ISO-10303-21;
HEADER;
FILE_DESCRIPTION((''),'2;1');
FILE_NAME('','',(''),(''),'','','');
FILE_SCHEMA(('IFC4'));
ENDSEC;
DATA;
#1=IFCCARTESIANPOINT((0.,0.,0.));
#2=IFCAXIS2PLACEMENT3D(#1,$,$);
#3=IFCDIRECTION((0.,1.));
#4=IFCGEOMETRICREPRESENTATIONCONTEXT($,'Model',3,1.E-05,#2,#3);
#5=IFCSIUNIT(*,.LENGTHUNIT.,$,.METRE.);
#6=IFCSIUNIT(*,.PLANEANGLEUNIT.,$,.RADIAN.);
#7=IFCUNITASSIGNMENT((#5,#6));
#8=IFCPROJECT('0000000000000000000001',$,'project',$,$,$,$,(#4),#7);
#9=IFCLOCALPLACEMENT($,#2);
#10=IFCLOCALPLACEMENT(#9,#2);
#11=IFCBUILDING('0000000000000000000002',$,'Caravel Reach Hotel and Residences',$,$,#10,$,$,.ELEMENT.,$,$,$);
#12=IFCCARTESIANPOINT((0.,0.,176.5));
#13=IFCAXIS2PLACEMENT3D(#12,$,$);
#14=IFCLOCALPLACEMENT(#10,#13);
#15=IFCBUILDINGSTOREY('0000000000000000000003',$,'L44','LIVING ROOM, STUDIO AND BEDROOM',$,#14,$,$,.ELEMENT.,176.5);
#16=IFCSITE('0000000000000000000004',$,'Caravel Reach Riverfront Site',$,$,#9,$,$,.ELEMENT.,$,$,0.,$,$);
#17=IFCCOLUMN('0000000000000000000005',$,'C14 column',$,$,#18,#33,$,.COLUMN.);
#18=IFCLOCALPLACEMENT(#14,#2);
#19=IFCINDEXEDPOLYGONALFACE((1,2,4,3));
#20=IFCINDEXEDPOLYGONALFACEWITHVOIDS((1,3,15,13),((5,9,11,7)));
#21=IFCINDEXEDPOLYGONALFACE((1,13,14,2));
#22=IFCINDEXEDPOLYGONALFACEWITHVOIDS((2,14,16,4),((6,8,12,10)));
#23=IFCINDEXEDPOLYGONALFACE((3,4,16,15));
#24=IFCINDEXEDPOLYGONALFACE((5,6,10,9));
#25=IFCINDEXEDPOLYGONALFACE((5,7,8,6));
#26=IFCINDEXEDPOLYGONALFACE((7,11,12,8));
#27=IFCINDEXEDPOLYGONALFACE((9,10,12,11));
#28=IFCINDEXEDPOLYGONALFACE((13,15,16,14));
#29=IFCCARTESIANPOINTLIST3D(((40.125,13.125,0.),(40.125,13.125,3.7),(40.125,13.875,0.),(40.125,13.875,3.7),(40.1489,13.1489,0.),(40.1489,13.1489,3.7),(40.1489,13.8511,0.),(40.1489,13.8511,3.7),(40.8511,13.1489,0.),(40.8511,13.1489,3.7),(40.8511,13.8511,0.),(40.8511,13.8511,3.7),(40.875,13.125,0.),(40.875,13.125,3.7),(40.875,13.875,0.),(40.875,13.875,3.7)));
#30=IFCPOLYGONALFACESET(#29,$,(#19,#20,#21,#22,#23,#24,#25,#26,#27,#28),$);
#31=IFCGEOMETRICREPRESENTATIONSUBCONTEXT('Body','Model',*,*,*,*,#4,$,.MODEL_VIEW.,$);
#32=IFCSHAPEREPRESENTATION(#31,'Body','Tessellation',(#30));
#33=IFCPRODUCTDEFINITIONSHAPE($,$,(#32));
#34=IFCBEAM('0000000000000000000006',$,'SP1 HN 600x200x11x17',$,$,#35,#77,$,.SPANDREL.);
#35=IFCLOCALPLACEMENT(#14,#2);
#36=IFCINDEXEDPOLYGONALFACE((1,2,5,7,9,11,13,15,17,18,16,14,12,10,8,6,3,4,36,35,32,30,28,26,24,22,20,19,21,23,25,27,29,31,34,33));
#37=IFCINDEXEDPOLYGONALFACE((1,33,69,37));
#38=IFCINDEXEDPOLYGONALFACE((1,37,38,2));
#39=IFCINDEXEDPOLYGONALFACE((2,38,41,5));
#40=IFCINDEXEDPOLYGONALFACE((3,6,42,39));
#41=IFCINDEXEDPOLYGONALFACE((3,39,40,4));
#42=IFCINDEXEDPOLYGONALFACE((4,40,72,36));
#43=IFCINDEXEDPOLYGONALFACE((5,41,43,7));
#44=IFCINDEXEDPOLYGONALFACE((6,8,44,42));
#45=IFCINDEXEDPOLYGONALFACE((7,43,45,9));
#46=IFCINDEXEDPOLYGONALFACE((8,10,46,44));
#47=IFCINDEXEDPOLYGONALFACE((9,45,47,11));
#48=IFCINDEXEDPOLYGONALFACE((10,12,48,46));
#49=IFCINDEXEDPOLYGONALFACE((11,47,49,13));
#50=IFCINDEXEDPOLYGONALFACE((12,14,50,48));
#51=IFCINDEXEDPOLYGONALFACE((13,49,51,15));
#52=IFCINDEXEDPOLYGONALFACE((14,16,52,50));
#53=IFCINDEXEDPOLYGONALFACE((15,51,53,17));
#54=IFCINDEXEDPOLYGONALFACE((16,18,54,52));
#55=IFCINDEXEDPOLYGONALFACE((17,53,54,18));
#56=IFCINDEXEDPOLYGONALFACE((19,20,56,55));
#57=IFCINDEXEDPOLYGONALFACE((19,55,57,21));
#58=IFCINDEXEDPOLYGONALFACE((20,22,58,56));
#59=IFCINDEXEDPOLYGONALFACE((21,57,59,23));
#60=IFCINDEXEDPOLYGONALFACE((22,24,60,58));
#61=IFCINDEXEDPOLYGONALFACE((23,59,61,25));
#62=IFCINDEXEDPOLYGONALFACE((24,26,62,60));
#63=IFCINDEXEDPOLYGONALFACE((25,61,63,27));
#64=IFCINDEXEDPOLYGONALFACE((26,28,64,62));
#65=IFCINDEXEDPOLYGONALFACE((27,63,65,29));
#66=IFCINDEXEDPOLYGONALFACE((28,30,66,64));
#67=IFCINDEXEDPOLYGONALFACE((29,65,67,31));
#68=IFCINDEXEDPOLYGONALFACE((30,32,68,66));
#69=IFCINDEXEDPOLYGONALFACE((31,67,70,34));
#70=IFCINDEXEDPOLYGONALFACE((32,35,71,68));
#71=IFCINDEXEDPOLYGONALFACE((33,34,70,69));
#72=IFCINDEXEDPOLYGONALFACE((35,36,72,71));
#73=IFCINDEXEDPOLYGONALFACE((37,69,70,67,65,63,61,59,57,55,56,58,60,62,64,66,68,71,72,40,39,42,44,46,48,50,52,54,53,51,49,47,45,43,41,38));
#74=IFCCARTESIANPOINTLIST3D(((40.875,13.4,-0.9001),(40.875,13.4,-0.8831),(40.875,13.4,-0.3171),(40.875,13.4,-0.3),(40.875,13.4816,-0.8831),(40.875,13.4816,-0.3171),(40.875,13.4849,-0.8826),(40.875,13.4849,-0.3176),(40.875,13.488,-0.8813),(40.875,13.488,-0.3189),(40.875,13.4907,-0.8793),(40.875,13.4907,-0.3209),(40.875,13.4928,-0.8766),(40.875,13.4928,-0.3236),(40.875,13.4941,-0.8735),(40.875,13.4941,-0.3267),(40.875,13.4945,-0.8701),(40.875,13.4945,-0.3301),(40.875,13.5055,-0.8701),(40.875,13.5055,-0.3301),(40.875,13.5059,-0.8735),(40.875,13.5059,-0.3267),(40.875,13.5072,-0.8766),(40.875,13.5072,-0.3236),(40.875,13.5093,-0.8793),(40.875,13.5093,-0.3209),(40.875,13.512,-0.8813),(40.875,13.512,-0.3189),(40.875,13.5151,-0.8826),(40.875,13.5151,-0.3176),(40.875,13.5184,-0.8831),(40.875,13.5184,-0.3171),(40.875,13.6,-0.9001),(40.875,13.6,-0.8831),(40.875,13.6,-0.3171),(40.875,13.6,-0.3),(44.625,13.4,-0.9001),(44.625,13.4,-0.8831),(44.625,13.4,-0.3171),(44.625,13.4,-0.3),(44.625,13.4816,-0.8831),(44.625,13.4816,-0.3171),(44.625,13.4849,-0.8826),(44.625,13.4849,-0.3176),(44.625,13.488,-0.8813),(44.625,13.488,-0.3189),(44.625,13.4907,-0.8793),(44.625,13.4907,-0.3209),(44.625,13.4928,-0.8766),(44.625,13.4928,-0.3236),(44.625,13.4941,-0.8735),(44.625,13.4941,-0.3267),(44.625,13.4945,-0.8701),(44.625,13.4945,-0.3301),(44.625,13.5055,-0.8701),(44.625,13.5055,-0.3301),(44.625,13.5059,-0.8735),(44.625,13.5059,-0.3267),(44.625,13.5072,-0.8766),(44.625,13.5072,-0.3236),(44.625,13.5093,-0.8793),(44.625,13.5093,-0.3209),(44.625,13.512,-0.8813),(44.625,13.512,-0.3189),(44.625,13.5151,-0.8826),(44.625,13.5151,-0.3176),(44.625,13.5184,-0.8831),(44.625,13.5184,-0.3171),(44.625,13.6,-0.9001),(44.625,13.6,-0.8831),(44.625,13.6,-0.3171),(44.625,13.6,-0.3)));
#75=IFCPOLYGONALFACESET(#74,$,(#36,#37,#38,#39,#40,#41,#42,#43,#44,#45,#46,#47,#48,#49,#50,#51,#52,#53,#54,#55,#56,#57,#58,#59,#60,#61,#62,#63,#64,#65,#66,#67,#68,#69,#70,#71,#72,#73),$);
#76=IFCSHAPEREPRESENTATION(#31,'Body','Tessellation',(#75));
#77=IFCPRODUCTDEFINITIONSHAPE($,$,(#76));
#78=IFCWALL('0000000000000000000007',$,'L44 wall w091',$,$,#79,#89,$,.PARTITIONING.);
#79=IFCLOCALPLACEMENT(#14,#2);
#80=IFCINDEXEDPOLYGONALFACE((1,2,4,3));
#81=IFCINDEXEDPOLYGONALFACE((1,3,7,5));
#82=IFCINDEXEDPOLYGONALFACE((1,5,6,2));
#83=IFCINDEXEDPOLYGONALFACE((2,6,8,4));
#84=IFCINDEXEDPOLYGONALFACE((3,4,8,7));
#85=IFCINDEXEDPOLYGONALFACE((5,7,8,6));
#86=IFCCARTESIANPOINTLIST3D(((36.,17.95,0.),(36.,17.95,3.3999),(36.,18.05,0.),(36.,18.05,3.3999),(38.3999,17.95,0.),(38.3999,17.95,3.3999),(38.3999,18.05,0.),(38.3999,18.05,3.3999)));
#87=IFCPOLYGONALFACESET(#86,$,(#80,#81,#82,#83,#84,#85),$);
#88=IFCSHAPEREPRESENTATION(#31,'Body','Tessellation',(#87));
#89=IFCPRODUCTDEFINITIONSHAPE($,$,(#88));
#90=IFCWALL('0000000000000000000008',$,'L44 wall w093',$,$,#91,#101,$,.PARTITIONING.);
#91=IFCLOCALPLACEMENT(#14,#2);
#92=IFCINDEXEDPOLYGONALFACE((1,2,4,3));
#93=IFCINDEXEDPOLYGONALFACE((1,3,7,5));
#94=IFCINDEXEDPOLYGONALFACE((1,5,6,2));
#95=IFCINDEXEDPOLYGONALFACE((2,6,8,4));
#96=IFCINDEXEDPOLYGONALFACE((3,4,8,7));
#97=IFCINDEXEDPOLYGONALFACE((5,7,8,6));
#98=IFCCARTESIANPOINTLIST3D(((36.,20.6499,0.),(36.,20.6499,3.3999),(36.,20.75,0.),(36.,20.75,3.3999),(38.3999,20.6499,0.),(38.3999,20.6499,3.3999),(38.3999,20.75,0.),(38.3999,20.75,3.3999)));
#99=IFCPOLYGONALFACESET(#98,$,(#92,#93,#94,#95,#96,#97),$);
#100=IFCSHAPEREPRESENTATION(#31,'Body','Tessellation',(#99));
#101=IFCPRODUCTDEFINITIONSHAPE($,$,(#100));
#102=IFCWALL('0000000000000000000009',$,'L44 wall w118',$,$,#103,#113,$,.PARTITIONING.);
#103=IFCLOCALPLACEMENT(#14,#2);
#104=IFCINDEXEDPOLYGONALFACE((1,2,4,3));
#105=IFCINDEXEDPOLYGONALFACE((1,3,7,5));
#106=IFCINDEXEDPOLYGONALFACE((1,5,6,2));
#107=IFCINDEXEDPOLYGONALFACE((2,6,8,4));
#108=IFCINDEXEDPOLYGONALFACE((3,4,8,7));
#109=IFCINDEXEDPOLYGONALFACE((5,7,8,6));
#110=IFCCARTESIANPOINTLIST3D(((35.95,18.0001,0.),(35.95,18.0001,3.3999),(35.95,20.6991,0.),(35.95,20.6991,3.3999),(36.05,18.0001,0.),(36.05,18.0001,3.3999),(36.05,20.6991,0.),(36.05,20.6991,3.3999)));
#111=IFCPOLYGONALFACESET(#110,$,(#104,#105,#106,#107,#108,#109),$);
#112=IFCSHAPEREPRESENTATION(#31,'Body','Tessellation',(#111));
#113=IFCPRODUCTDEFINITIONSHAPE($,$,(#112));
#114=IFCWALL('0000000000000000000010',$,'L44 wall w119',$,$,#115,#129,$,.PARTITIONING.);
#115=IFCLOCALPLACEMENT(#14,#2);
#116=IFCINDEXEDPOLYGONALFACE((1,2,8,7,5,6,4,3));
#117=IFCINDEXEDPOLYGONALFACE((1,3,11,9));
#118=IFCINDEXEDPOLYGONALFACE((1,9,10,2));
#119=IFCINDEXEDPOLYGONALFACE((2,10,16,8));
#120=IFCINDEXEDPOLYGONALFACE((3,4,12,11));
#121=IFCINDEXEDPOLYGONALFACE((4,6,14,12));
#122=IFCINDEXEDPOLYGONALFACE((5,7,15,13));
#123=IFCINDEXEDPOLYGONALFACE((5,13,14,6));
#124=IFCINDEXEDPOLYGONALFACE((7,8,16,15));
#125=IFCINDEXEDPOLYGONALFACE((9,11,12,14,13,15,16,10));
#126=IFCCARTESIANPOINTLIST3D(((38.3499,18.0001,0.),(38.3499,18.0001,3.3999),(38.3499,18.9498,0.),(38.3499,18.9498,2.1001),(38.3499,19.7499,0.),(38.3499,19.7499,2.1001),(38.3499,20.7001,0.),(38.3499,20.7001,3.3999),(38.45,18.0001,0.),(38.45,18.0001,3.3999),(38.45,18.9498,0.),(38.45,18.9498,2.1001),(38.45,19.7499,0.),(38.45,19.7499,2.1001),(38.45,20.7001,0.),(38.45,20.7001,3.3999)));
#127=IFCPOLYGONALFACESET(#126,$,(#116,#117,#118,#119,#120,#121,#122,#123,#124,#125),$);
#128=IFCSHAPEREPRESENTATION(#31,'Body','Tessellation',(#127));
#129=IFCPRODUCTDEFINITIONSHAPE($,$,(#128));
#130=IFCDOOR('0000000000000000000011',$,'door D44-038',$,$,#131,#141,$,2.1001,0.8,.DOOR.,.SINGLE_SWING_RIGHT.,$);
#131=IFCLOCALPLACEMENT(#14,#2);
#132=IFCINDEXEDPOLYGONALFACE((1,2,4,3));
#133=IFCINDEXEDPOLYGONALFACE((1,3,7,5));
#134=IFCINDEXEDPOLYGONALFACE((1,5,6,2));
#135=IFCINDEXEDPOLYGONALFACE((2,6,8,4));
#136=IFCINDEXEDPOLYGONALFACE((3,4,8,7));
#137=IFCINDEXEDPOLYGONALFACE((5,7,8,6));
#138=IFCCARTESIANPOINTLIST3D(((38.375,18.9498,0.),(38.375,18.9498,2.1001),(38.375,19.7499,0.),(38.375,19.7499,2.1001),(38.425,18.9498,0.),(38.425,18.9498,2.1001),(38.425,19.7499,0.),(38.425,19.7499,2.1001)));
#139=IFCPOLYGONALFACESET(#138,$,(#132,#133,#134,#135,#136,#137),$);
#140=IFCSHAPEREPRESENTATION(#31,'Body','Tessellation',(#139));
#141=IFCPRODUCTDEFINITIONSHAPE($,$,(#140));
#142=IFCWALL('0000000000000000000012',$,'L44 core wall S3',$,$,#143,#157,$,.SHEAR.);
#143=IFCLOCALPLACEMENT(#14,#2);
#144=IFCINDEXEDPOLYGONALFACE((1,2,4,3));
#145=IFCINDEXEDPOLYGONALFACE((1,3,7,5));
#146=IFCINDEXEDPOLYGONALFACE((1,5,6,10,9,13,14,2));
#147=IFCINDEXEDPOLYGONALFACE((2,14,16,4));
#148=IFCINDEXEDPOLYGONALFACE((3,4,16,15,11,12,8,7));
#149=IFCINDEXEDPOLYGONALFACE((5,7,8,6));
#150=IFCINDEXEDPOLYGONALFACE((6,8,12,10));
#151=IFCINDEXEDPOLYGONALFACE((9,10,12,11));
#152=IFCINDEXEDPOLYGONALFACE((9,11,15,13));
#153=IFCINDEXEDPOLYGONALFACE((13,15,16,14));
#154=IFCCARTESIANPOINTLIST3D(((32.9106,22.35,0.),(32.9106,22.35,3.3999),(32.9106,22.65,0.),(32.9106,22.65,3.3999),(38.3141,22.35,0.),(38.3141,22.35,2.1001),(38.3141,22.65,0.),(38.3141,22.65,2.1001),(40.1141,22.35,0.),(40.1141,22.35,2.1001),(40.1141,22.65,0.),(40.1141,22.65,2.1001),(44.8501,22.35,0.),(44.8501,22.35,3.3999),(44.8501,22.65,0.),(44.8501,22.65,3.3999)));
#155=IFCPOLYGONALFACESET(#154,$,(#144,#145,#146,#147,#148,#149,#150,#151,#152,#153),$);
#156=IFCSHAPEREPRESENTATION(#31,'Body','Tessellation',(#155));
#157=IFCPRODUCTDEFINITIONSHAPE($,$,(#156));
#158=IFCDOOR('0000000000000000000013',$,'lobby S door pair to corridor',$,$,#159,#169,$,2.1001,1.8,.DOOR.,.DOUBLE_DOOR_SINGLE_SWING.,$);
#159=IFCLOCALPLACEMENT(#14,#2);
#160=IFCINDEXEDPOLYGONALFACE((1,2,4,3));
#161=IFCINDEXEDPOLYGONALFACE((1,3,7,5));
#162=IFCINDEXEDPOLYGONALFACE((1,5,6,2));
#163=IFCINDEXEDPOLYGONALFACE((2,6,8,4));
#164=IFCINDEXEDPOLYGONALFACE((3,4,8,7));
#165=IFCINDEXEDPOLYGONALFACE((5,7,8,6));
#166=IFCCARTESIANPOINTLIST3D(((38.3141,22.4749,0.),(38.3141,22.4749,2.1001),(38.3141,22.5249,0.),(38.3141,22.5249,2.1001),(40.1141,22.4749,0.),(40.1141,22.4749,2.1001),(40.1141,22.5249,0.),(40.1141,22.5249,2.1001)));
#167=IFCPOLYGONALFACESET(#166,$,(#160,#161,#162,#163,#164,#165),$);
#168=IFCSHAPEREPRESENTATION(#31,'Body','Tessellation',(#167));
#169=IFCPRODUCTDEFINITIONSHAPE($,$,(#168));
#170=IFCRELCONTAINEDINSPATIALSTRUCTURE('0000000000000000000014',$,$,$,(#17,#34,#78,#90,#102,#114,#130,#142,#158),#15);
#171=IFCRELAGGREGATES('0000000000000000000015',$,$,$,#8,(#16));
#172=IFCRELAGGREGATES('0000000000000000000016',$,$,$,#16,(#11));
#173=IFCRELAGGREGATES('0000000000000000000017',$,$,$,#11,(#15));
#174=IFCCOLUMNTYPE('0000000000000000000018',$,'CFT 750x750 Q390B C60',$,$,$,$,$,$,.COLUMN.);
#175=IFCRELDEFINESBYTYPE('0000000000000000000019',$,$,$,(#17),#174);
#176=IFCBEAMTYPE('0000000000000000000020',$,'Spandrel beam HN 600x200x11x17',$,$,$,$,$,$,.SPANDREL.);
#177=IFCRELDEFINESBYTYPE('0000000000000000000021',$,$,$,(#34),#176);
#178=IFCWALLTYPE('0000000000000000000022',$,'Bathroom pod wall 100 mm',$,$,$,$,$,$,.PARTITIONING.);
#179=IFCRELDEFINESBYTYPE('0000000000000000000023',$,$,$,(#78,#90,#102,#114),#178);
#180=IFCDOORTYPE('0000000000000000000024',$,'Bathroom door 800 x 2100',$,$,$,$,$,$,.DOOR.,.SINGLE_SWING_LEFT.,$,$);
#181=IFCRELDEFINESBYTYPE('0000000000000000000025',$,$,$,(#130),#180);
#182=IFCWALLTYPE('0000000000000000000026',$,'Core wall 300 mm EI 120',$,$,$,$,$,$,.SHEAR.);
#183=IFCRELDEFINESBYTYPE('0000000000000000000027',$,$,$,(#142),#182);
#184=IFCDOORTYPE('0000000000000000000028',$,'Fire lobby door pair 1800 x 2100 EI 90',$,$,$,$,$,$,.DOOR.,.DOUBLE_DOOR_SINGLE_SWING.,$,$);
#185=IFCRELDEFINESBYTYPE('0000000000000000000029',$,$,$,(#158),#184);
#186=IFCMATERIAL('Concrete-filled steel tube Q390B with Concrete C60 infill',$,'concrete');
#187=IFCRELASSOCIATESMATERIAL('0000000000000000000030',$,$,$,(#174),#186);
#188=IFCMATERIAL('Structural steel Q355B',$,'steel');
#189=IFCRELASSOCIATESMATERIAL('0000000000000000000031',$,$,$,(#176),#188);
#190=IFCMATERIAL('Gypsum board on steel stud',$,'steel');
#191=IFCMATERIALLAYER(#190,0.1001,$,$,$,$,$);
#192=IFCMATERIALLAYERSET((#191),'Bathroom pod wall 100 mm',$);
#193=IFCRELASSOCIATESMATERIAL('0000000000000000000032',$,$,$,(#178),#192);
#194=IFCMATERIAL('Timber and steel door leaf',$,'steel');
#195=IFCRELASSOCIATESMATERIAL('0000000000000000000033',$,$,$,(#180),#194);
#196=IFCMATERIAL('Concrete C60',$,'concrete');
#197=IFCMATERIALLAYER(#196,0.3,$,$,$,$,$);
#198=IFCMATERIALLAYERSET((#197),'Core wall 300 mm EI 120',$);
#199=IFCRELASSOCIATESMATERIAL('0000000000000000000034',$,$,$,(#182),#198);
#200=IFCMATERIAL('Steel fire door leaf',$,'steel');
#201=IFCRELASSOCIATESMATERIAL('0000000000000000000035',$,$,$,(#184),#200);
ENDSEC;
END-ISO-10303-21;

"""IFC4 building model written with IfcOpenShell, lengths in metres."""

from ifc_helpers import new_model, si_unit, direction, frame, frame_2d, origin, origin_2d, place, context, subcontext, project, spatial, rectangle, hollow_rectangle, i_section, extrude, material, layer, layer_set, material_profile, profile_set, type_object, element, fill, save


model = new_model("IFC4")

# Units and contexts
model_context = context("Model", 3, precision=1e-05, world=origin(), true_north=direction((0.0, 1.0)))
body_context = subcontext(model_context, "Body", "Model", "MODEL_VIEW")
ifc_project = project(units=[si_unit("LENGTHUNIT", "METRE"), si_unit("PLANEANGLEUNIT", "RADIAN")], contexts=[model_context])

# Site, building, storey
site_placement = place(None, origin())
site = spatial("IfcSite", under=ifc_project, at=site_placement, Name="Caravel Reach Riverfront Site", CompositionType="ELEMENT", RefElevation=0.0)
building_placement = place(site_placement, origin())
building = spatial("IfcBuilding", under=site, at=building_placement, Name="Caravel Reach Hotel and Residences", CompositionType="ELEMENT")
storey_placement = place(building_placement, frame((0.0, 0.0, 176.5)))
storey = spatial("IfcBuildingStorey", under=building, at=storey_placement, Name="L44", Description="LIVING ROOM, STUDIO AND BEDROOM", CompositionType="ELEMENT", Elevation=176.5)

# Column
ifc_material_1 = material(Name="Concrete-filled steel tube Q390B with Concrete C60 infill", Category="concrete")
ifc_material_profile_1 = material_profile(ifc_material_1, hollow_rectangle(XDim=0.75, YDim=0.75, WallThickness=0.0239, at=origin_2d()), Name="RHS 750x750x24")
ifc_profile_set_1 = profile_set([ifc_material_profile_1], Name="Concrete-filled steel tube Q390B with Concrete C60 infill")
column_type = type_object("IfcColumnType", Name="CFT 750x750 Q390B C60", PredefinedType="COLUMN", material=ifc_profile_set_1)
column_placement = place(storey_placement, frame((40.5, 13.5, 0.0), z_axis=(0.0, 0.0, 1.0), x_axis=(1.0, 0.0, 0.0)))
element("IfcColumn", 1, at=column_placement, inside=storey, type_object=column_type, Name="C14 column", PredefinedType="COLUMN", context=body_context, shape_type="SweptSolid", body=[
    extrude(hollow_rectangle(XDim=0.75, YDim=0.75, WallThickness=0.0239, at=origin_2d()), origin(), (0.0, 0.0, 1.0), 3.7),
])

# Beam
ifc_material_2 = material(Name="Structural steel Q355B", Category="steel")
ifc_material_profile_2 = material_profile(ifc_material_2, i_section(OverallWidth=0.2, OverallDepth=0.6001, WebThickness=0.011, FlangeThickness=0.0171, FilletRadius=0.0129, at=origin_2d()), Name="HN 600x200x11x17")
ifc_profile_set_2 = profile_set([ifc_material_profile_2], Name="Structural steel Q355B")
beam_type = type_object("IfcBeamType", Name="Spandrel beam HN 600x200x11x17", PredefinedType="SPANDREL", material=ifc_profile_set_2)
beam_placement = place(storey_placement, frame((40.875, 13.5, -0.6001), z_axis=(1.0, 0.0, 0.0), x_axis=(0.0, 1.0, 0.0)))
element("IfcBeam", 2, at=beam_placement, inside=storey, type_object=beam_type, Name="SP1 HN 600x200x11x17", PredefinedType="SPANDREL", context=body_context, shape_type="SweptSolid", body=[
    extrude(i_section(OverallWidth=0.2, OverallDepth=0.6001, WebThickness=0.011, FlangeThickness=0.0171, FilletRadius=0.0129, at=origin_2d()), origin(), (0.0, 0.0, 1.0), 3.75),
])

# Walls
ifc_material_3 = material(Name="Gypsum board on steel stud", Category="steel")
ifc_layer_1 = layer(ifc_material_3, 0.1001)
ifc_layer_set_1 = layer_set([ifc_layer_1], Name="Bathroom pod wall 100 mm")
wall_type_1 = type_object("IfcWallType", Name="Bathroom pod wall 100 mm", PredefinedType="PARTITIONING", material=ifc_layer_set_1)
for number, where, z_axis, x_axis, name in (
    (3, (36.0, 18.0, 0.0), (0.0, 0.0, 1.0), (1.0, 0.0, 0.0), "L44 wall w091"),
    (4, (36.0, 20.7, 0.0), (0.0, 0.0, 1.0), (1.0, 0.0, 0.0), "L44 wall w093"),
):
    element("IfcWall", number, at=place(storey_placement, frame(where, z_axis=z_axis, x_axis=x_axis)), inside=storey, type_object=wall_type_1, Name=name, PredefinedType="PARTITIONING", context=body_context, shape_type="SweptSolid", body=[
        extrude(rectangle(XDim=2.3999, YDim=0.1001, at=frame_2d((1.2, 0.0))), origin(), (0.0, 0.0, 1.0), 3.3999),
    ])
wall_1_placement = place(storey_placement, frame((36.0, 18.0, 0.0), z_axis=(0.0, 0.0, 1.0), x_axis=(0.0, 1.0, 0.0)))
element("IfcWall", 5, at=wall_1_placement, inside=storey, type_object=wall_type_1, Name="L44 wall w118", PredefinedType="PARTITIONING", context=body_context, shape_type="SweptSolid", body=[
    extrude(rectangle(XDim=2.699, YDim=0.1001, at=frame_2d((1.3496, 0.0))), origin(), (0.0, 0.0, 1.0), 3.3999),
])

# Walls, openings, doors
wall_2_placement = place(storey_placement, frame((38.3999, 18.0, 0.0), z_axis=(0.0, 0.0, 1.0), x_axis=(0.0, 1.0, 0.0)))
wall_2 = element("IfcWall", 6, at=wall_2_placement, inside=storey, type_object=wall_type_1, Name="L44 wall w119", PredefinedType="PARTITIONING", context=body_context, shape_type="SweptSolid", body=[
    extrude(rectangle(XDim=2.7, YDim=0.1001, at=frame_2d((1.3501, 0.0))), origin(), (0.0, 0.0, 1.0), 3.3999),
])
opening_1_placement = place(wall_2_placement, frame((0.95, 0.0, 0.0)))
opening_1 = element("IfcOpeningElement", 7, at=opening_1_placement, cuts=wall_2, PredefinedType="OPENING", context=body_context, shape_type="SweptSolid", body=[
    extrude(rectangle(XDim=0.8, YDim=2.1001, at=frame_2d((0.3999, 1.05))), frame((0.0, 0.0601, 0.0), z_axis=(0.0, -1.0, 0.0), x_axis=(1.0, 0.0, 0.0)), (0.0, 0.0, 1.0), 0.1201),
])
ifc_material_4 = material(Name="Timber and steel door leaf", Category="steel")
door_type_1 = type_object("IfcDoorType", Name="Bathroom door 800 x 2100", OperationType="SINGLE_SWING_LEFT", PredefinedType="DOOR", material=ifc_material_4)
door_1_placement = place(opening_1_placement, origin())
door_1 = element("IfcDoor", 8, at=door_1_placement, inside=storey, type_object=door_type_1, Name="door D44-038", OperationType="SINGLE_SWING_RIGHT", OverallHeight=2.1001, OverallWidth=0.8, PredefinedType="DOOR", context=body_context, shape_type="SweptSolid", body=[
    extrude(rectangle(XDim=0.8, YDim=2.1001, at=frame_2d((0.3999, 1.05))), frame((0.0, 0.0249, 0.0), z_axis=(0.0, -1.0, 0.0), x_axis=(1.0, 0.0, 0.0)), (0.0, 0.0, 1.0), 0.05),
])
fill(opening_1, door_1)
ifc_material_5 = material(Name="Concrete C60", Category="concrete")
ifc_layer_2 = layer(ifc_material_5, 0.3)
ifc_layer_set_2 = layer_set([ifc_layer_2], Name="Core wall 300 mm EI 120")
wall_type_2 = type_object("IfcWallType", Name="Core wall 300 mm EI 120", PredefinedType="SHEAR", material=ifc_layer_set_2)
wall_3_placement = place(storey_placement, frame((32.9106, 22.5, 0.0), z_axis=(0.0, 0.0, 1.0), x_axis=(1.0, 0.0, 0.0)))
wall_3 = element("IfcWall", 9, at=wall_3_placement, inside=storey, type_object=wall_type_2, Name="L44 core wall S3", PredefinedType="SHEAR", context=body_context, shape_type="SweptSolid", body=[
    extrude(rectangle(XDim=11.9395, YDim=0.3, at=frame_2d((5.9697, 0.0))), origin(), (0.0, 0.0, 1.0), 3.3999),
])
opening_2_placement = place(wall_3_placement, frame((5.4036, 0.0, 0.0)))
opening_2 = element("IfcOpeningElement", 10, at=opening_2_placement, cuts=wall_3, PredefinedType="OPENING", context=body_context, shape_type="SweptSolid", body=[
    extrude(rectangle(XDim=1.8, YDim=2.1001, at=frame_2d((0.8999, 1.05))), frame((0.0, 0.1599, 0.0), z_axis=(0.0, -1.0, 0.0), x_axis=(1.0, 0.0, 0.0)), (0.0, 0.0, 1.0), 0.3201),
])
ifc_material_6 = material(Name="Steel fire door leaf", Category="steel")
door_type_2 = type_object("IfcDoorType", Name="Fire lobby door pair 1800 x 2100 EI 90", OperationType="DOUBLE_DOOR_SINGLE_SWING", PredefinedType="DOOR", material=ifc_material_6)
door_2_placement = place(opening_2_placement, origin())
door_2 = element("IfcDoor", 11, at=door_2_placement, inside=storey, type_object=door_type_2, Name="lobby S door pair to corridor", OperationType="DOUBLE_DOOR_SINGLE_SWING", OverallHeight=2.1001, OverallWidth=1.8, PredefinedType="DOOR", context=body_context, shape_type="SweptSolid", body=[
    extrude(rectangle(XDim=1.8, YDim=2.1001, at=frame_2d((0.8999, 1.05))), frame((0.0, 0.0249, 0.0), z_axis=(0.0, -1.0, 0.0), x_axis=(1.0, 0.0, 0.0)), (0.0, 0.0, 1.0), 0.05),
])
fill(opening_2, door_2)

save(model, "model.ifc")
